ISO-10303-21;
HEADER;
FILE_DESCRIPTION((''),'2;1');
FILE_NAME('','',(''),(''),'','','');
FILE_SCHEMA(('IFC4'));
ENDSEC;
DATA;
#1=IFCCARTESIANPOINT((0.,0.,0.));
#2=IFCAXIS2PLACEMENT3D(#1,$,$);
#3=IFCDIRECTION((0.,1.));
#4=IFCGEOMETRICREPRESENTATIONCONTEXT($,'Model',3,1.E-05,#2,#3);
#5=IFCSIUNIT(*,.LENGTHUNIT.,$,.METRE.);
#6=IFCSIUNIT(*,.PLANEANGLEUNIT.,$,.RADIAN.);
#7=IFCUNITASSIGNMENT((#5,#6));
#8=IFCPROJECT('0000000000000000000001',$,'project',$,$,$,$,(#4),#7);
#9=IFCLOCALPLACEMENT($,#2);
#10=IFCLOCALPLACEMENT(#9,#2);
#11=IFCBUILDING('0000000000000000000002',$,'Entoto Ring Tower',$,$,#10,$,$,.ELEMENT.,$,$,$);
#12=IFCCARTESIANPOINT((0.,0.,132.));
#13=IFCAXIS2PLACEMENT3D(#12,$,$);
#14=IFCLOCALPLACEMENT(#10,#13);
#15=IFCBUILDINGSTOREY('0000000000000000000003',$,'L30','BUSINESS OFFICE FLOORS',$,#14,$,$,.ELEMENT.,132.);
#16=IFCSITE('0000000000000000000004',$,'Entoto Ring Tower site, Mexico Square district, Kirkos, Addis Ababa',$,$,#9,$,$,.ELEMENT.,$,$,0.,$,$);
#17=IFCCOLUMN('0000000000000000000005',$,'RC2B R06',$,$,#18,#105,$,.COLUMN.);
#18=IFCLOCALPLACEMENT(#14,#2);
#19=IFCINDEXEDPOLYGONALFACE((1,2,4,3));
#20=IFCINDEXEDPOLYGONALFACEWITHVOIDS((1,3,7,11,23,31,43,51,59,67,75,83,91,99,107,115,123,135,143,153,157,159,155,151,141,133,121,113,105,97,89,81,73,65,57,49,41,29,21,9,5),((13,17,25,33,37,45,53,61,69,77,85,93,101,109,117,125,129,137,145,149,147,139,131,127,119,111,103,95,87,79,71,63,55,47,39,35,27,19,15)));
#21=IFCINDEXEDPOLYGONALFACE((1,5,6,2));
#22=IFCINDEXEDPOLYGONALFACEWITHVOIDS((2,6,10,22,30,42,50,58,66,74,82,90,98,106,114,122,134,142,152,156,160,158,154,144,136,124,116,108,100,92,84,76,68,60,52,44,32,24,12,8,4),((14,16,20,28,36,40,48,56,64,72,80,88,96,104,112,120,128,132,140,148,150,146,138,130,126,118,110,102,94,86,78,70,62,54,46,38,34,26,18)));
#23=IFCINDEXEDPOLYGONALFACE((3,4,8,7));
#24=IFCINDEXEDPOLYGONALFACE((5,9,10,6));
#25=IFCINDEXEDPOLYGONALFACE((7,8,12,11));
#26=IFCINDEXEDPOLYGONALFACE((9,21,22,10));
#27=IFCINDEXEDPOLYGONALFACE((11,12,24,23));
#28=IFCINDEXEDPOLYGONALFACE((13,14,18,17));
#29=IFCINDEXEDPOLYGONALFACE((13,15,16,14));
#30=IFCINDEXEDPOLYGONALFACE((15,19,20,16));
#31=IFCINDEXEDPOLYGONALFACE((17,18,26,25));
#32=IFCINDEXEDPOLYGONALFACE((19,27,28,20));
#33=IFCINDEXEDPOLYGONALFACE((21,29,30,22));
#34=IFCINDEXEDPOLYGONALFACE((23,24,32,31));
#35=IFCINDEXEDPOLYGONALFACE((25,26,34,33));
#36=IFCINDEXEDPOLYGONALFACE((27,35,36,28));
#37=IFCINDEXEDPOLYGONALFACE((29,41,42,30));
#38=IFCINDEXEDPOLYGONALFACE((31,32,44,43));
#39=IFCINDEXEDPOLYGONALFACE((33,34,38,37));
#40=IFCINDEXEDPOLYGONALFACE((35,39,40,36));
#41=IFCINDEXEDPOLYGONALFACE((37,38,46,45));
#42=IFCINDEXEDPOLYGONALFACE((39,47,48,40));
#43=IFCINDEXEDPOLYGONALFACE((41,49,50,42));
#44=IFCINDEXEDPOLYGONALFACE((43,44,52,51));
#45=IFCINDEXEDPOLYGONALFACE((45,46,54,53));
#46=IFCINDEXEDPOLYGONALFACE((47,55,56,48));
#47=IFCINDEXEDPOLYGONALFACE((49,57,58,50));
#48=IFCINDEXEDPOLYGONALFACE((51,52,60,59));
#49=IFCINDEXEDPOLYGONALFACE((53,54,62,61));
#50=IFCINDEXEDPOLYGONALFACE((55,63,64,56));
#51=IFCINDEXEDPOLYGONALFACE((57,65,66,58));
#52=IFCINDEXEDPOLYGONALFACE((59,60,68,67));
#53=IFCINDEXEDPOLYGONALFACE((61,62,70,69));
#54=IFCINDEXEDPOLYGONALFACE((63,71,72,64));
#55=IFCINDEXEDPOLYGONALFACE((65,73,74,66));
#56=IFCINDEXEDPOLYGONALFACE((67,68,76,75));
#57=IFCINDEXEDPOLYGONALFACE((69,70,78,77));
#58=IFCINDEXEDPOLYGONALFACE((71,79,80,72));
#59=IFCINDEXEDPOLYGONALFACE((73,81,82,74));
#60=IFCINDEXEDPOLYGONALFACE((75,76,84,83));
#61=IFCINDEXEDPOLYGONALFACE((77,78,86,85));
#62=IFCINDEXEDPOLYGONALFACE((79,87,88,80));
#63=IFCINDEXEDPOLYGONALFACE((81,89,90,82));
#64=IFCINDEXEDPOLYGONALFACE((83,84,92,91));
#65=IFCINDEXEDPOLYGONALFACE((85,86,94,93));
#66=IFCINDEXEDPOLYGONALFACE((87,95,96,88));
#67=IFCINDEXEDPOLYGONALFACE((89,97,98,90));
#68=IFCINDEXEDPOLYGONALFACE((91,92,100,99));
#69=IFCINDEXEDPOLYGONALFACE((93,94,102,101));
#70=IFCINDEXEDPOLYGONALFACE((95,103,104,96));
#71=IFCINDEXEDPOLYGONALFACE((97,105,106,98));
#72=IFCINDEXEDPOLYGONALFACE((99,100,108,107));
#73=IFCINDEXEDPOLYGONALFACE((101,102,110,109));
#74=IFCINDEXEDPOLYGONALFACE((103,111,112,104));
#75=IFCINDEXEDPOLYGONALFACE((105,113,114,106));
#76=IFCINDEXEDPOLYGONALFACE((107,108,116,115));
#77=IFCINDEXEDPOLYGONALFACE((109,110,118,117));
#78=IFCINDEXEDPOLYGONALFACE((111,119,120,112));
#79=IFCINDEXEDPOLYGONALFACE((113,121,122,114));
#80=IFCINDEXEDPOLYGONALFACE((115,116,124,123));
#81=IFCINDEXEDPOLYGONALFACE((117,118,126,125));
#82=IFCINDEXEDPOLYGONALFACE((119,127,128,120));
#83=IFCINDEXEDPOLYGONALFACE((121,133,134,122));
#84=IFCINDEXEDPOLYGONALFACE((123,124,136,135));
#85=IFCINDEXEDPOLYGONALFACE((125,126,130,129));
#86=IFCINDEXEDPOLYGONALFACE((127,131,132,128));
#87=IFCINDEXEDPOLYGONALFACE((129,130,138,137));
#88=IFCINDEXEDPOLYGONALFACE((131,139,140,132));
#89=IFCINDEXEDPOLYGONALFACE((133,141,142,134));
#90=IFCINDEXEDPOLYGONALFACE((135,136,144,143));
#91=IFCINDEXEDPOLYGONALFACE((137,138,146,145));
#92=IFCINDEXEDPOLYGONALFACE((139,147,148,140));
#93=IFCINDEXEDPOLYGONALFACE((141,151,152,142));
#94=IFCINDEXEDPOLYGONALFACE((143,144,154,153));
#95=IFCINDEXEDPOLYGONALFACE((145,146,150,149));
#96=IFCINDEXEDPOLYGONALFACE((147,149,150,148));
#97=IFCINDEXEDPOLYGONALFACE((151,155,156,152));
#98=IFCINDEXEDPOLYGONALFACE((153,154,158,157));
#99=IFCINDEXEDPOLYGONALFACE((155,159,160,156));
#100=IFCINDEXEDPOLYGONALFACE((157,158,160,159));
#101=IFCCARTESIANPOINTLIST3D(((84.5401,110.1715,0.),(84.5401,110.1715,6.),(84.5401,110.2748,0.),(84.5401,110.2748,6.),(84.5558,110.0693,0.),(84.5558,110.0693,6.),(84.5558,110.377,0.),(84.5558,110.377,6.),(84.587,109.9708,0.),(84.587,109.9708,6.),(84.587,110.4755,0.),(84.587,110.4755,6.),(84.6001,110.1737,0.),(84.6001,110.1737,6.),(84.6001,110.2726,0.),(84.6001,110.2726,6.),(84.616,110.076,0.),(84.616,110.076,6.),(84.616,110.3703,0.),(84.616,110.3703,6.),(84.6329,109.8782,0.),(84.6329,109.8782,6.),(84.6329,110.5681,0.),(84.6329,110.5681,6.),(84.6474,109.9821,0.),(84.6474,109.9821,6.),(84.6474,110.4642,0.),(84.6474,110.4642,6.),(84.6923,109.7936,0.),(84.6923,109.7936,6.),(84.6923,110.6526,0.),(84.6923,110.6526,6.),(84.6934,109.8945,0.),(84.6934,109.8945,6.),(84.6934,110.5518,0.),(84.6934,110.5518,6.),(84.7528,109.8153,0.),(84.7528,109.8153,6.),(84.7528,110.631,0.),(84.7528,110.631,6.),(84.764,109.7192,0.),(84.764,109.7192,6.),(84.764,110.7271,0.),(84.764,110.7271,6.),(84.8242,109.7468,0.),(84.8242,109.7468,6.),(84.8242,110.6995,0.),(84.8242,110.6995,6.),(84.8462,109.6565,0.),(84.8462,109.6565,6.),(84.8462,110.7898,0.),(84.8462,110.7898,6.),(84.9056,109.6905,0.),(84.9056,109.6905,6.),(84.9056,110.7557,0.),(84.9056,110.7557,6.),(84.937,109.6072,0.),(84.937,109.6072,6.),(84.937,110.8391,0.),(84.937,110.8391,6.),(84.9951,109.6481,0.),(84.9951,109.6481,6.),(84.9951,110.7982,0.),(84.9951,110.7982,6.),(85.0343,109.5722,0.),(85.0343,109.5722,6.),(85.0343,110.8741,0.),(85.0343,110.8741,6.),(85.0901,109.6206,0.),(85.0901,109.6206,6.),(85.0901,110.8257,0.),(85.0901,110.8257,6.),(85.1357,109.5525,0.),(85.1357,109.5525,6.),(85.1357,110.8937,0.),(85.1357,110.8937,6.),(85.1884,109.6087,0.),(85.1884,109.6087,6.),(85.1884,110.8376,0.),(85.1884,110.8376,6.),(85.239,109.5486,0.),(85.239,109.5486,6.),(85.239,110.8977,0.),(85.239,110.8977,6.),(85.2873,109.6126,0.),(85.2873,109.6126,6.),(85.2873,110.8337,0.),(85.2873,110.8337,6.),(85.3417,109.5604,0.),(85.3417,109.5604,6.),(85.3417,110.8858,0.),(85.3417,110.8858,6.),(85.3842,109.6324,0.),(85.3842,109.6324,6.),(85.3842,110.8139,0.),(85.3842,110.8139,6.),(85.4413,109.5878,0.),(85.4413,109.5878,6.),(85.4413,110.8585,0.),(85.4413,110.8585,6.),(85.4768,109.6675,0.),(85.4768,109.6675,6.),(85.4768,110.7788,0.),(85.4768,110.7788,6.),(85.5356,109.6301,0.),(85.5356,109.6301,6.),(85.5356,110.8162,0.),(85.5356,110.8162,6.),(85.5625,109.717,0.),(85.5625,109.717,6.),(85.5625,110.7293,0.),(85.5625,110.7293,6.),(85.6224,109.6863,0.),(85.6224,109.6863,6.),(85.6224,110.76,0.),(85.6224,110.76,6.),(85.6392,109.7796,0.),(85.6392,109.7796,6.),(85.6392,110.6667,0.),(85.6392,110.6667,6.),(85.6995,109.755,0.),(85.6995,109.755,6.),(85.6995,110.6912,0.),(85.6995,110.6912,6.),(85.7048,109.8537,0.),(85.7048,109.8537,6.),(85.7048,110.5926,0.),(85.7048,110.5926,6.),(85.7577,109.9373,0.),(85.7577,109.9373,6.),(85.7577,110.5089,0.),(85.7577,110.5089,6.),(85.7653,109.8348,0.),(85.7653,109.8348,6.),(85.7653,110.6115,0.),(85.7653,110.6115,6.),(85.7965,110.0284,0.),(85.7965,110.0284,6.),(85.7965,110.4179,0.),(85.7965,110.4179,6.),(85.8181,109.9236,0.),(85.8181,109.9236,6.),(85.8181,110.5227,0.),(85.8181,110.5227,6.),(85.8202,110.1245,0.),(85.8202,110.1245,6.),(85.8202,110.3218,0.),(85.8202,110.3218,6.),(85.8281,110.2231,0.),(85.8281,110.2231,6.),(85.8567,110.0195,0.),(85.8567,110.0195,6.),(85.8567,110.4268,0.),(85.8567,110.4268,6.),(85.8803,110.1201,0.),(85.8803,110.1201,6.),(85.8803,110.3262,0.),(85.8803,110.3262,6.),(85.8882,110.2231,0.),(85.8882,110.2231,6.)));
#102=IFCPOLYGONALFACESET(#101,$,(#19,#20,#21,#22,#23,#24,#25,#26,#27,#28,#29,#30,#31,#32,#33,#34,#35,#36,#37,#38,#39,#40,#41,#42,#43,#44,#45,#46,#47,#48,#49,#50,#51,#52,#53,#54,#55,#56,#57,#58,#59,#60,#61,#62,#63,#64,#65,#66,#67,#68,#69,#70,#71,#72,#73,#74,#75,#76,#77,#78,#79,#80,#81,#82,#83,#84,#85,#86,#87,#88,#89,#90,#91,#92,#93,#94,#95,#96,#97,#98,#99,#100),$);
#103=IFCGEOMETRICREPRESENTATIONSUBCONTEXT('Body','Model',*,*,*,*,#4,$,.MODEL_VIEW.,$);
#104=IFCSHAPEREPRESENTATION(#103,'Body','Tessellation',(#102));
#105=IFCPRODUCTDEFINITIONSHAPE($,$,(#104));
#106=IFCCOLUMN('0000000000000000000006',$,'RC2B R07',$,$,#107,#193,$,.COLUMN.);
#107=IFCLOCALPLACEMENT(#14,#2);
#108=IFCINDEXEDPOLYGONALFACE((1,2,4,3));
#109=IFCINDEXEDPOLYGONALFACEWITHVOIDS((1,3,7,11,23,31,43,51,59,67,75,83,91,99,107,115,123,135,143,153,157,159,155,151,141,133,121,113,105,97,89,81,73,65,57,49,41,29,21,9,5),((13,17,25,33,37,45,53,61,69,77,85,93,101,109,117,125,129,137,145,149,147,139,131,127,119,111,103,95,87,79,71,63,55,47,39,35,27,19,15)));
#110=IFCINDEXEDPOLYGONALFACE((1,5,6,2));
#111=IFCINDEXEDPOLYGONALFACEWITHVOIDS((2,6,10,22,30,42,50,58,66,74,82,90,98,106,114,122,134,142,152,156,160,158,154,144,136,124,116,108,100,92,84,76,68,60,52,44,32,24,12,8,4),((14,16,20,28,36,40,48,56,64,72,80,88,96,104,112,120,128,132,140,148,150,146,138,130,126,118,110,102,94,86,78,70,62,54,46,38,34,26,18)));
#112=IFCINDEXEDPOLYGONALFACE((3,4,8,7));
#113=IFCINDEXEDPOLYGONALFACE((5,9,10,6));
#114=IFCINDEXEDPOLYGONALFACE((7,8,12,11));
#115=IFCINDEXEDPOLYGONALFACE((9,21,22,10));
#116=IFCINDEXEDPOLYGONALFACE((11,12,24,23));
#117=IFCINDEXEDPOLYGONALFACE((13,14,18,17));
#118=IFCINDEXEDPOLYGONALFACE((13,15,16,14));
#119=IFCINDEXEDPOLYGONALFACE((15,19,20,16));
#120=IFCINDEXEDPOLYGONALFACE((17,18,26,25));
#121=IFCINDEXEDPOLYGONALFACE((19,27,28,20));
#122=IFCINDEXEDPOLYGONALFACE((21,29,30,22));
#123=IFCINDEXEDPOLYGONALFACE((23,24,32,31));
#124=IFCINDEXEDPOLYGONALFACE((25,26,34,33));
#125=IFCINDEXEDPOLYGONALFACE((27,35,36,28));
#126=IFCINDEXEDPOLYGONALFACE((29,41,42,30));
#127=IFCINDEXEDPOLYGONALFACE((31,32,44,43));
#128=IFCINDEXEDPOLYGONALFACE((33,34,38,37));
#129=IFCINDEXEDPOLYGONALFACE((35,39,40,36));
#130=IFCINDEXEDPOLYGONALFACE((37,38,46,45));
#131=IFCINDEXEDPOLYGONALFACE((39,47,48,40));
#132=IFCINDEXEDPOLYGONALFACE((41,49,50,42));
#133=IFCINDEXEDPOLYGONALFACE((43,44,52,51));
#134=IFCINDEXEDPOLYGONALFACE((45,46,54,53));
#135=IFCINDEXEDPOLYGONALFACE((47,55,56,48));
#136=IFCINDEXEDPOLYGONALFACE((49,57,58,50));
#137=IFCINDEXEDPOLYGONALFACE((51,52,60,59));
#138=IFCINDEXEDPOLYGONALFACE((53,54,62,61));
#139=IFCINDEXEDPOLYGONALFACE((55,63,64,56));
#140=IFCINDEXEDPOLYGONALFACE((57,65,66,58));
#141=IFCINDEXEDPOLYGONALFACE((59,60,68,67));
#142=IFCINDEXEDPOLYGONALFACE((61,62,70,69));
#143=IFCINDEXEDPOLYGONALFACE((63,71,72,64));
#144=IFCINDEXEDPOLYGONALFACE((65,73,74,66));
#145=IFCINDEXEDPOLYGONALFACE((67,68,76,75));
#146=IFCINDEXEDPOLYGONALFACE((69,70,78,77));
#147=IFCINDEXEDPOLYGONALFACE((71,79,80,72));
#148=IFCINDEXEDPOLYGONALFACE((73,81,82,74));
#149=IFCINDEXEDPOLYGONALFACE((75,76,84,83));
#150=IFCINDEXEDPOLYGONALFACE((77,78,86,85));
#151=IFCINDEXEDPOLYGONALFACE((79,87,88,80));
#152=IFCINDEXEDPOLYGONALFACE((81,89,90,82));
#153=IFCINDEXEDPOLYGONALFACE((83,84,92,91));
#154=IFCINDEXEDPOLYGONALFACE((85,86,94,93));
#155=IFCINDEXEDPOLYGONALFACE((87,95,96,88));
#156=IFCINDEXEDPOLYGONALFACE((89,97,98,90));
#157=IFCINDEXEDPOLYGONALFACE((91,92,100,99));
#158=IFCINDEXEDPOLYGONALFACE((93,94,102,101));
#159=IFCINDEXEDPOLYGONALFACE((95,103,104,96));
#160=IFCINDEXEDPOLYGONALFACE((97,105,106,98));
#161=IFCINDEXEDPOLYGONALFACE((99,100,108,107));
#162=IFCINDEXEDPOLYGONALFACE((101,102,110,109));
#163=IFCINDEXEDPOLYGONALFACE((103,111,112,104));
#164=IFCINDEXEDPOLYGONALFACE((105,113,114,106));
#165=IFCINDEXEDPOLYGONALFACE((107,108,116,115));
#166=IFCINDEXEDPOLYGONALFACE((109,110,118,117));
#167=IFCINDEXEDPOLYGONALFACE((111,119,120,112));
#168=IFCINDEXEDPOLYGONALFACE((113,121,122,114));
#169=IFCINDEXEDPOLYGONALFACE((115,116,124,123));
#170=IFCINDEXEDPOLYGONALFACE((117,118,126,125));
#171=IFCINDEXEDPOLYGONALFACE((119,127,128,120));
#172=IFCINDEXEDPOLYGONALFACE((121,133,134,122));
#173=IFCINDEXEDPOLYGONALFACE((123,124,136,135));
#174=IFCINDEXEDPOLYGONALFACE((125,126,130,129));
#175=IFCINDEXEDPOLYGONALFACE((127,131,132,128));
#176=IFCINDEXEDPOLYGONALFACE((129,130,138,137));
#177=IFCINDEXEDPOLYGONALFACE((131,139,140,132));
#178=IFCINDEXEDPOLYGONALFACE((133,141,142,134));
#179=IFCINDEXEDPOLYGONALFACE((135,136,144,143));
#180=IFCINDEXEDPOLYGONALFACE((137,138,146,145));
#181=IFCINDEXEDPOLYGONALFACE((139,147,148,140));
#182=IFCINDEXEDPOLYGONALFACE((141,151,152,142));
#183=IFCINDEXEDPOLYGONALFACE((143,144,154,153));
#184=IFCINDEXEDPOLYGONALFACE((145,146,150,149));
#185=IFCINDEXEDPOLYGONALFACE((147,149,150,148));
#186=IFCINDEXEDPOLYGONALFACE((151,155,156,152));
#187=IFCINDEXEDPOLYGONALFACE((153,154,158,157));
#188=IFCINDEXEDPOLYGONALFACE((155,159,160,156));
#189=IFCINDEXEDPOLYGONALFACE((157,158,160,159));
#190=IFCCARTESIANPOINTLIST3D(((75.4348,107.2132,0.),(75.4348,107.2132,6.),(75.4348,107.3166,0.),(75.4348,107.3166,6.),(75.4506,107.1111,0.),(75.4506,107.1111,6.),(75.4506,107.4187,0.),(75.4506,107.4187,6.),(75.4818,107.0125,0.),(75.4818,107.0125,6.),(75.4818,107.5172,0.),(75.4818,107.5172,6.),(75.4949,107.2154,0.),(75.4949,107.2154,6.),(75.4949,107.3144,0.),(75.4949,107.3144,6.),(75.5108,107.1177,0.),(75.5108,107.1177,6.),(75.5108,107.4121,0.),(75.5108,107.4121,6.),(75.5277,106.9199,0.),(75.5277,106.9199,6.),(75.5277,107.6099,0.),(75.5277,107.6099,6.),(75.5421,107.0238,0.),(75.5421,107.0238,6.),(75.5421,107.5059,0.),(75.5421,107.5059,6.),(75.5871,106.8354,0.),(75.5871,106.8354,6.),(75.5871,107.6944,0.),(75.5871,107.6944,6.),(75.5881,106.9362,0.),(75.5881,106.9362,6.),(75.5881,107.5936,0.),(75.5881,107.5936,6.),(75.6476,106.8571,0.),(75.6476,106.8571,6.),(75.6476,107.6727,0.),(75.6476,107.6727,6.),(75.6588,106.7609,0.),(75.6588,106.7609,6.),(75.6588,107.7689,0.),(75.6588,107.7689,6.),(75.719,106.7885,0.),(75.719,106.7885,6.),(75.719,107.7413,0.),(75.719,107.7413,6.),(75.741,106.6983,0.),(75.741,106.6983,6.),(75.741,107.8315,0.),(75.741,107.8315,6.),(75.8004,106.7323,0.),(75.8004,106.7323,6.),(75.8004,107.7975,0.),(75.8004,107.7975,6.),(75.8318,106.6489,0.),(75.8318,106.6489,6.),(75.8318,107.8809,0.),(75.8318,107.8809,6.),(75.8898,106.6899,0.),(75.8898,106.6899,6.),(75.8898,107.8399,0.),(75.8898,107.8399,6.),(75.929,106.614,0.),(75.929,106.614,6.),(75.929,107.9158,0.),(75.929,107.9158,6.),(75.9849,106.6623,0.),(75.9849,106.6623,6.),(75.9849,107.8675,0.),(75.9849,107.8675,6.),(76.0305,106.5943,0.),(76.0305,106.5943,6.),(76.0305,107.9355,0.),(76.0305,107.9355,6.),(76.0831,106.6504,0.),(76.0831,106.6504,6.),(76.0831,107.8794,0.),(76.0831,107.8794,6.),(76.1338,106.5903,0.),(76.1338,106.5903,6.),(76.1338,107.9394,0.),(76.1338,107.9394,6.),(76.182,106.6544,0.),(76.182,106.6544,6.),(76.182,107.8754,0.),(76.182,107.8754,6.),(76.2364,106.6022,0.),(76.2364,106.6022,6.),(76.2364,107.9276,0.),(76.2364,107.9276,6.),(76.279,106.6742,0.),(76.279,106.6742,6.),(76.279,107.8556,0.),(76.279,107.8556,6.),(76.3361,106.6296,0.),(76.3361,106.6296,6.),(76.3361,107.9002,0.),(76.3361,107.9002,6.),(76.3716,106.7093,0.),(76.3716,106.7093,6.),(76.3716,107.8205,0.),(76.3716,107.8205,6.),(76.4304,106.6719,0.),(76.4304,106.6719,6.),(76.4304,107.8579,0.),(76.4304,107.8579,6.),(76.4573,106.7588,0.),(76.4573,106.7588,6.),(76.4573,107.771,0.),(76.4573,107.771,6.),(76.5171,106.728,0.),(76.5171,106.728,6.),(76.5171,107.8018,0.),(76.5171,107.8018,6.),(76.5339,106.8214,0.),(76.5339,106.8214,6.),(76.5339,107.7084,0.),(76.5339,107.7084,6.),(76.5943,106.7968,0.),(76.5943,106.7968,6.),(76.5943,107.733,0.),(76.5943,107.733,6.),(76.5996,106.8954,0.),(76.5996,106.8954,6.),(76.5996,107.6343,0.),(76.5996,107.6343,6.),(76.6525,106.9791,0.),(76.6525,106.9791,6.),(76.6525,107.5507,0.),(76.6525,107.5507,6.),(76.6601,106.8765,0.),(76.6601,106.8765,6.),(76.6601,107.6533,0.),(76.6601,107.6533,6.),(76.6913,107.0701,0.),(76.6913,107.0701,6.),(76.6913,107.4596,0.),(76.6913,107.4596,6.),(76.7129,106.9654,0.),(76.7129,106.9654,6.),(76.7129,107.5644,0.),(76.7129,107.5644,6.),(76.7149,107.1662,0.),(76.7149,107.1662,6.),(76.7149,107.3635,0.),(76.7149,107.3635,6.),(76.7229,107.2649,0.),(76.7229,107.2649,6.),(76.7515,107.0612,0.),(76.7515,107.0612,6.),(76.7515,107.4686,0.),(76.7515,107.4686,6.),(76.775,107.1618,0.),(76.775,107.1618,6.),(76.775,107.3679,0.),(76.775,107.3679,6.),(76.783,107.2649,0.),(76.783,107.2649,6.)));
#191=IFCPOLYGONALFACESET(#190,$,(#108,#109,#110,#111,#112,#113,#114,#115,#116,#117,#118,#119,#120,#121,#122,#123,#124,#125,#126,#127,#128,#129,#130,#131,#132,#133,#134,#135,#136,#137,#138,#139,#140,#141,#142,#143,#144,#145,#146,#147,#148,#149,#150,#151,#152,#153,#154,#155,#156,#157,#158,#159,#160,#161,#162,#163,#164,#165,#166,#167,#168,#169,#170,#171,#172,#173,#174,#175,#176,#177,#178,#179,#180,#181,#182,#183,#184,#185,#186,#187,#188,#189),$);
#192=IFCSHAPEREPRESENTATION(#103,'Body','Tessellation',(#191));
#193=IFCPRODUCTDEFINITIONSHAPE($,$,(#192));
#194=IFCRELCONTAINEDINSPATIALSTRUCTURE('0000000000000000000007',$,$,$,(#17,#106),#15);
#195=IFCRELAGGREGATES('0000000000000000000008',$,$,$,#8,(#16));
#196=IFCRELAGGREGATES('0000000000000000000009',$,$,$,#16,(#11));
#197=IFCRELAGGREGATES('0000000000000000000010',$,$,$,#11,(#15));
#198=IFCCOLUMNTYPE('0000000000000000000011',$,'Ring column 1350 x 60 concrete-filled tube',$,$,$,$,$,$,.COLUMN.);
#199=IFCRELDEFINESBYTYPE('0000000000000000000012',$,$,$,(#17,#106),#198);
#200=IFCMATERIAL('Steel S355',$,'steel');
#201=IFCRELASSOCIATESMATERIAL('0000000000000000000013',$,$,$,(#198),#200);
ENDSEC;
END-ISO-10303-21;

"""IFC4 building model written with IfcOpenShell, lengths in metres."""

from ifc_helpers import new_model, si_unit, direction, frame, origin, origin_2d, place, context, subcontext, project, spatial, circle, hollow_circle, extrude, material, material_profile, profile_set, type_object, element, save


model = new_model("IFC4")

# Units and contexts
model_context = context("Model", 3, precision=1e-05, world=origin(), true_north=direction((0.0, 1.0)))
body_context = subcontext(model_context, "Body", "Model", "MODEL_VIEW")
ifc_project = project(units=[si_unit("LENGTHUNIT", "METRE"), si_unit("PLANEANGLEUNIT", "RADIAN")], contexts=[model_context])

# Site, building, storey
site_placement = place(None, origin())
site = spatial("IfcSite", under=ifc_project, at=site_placement, Name="Entoto Ring Tower site, Mexico Square district, Kirkos, Addis Ababa", CompositionType="ELEMENT", RefElevation=0.0)
building_placement = place(site_placement, origin())
building = spatial("IfcBuilding", under=site, at=building_placement, Name="Entoto Ring Tower", CompositionType="ELEMENT")
storey_placement = place(building_placement, frame((0.0, 0.0, 132.0)))
storey = spatial("IfcBuildingStorey", under=building, at=storey_placement, Name="L30", Description="BUSINESS OFFICE FLOORS", CompositionType="ELEMENT", Elevation=132.0)

# Columns
ifc_material_1 = material(Name="Steel S355", Category="steel")
ifc_material_profile_1 = material_profile(ifc_material_1, hollow_circle(Radius=0.675, WallThickness=0.0601, at=origin_2d()), Name="CHS 1350 x 60")
ifc_material_2 = material(Name="Concrete C60/75", Category="concrete")
ifc_material_profile_2 = material_profile(ifc_material_2, circle(Radius=0.615, at=origin_2d()), Name="Concrete C60/75 infill")
ifc_profile_set_1 = profile_set([ifc_material_profile_1, ifc_material_profile_2], Name="Steel S355")
column_type = type_object("IfcColumnType", Name="Ring column 1350 x 60 concrete-filled tube", PredefinedType="COLUMN", material=ifc_profile_set_1)
for number, where, z_axis, x_axis, name in (
    (1, (85.2131, 110.2231, 0.0), (0.0, 0.0, 1.0), (1.0, 0.0, 0.0), "RC2B R06"),
    (2, (76.1079, 107.2649, 0.0), (0.0, 0.0, 1.0), (1.0, 0.0, 0.0), "RC2B R07"),
):
    element("IfcColumn", number, at=place(storey_placement, frame(where, z_axis=z_axis, x_axis=x_axis)), inside=storey, type_object=column_type, Name=name, PredefinedType="COLUMN", context=body_context, shape_type="SweptSolid", body=[
        extrude(hollow_circle(Radius=0.675, WallThickness=0.0601, at=origin_2d()), origin(), (0.0, 0.0, 1.0), 6.0),
    ])

save(model, "model.ifc")
